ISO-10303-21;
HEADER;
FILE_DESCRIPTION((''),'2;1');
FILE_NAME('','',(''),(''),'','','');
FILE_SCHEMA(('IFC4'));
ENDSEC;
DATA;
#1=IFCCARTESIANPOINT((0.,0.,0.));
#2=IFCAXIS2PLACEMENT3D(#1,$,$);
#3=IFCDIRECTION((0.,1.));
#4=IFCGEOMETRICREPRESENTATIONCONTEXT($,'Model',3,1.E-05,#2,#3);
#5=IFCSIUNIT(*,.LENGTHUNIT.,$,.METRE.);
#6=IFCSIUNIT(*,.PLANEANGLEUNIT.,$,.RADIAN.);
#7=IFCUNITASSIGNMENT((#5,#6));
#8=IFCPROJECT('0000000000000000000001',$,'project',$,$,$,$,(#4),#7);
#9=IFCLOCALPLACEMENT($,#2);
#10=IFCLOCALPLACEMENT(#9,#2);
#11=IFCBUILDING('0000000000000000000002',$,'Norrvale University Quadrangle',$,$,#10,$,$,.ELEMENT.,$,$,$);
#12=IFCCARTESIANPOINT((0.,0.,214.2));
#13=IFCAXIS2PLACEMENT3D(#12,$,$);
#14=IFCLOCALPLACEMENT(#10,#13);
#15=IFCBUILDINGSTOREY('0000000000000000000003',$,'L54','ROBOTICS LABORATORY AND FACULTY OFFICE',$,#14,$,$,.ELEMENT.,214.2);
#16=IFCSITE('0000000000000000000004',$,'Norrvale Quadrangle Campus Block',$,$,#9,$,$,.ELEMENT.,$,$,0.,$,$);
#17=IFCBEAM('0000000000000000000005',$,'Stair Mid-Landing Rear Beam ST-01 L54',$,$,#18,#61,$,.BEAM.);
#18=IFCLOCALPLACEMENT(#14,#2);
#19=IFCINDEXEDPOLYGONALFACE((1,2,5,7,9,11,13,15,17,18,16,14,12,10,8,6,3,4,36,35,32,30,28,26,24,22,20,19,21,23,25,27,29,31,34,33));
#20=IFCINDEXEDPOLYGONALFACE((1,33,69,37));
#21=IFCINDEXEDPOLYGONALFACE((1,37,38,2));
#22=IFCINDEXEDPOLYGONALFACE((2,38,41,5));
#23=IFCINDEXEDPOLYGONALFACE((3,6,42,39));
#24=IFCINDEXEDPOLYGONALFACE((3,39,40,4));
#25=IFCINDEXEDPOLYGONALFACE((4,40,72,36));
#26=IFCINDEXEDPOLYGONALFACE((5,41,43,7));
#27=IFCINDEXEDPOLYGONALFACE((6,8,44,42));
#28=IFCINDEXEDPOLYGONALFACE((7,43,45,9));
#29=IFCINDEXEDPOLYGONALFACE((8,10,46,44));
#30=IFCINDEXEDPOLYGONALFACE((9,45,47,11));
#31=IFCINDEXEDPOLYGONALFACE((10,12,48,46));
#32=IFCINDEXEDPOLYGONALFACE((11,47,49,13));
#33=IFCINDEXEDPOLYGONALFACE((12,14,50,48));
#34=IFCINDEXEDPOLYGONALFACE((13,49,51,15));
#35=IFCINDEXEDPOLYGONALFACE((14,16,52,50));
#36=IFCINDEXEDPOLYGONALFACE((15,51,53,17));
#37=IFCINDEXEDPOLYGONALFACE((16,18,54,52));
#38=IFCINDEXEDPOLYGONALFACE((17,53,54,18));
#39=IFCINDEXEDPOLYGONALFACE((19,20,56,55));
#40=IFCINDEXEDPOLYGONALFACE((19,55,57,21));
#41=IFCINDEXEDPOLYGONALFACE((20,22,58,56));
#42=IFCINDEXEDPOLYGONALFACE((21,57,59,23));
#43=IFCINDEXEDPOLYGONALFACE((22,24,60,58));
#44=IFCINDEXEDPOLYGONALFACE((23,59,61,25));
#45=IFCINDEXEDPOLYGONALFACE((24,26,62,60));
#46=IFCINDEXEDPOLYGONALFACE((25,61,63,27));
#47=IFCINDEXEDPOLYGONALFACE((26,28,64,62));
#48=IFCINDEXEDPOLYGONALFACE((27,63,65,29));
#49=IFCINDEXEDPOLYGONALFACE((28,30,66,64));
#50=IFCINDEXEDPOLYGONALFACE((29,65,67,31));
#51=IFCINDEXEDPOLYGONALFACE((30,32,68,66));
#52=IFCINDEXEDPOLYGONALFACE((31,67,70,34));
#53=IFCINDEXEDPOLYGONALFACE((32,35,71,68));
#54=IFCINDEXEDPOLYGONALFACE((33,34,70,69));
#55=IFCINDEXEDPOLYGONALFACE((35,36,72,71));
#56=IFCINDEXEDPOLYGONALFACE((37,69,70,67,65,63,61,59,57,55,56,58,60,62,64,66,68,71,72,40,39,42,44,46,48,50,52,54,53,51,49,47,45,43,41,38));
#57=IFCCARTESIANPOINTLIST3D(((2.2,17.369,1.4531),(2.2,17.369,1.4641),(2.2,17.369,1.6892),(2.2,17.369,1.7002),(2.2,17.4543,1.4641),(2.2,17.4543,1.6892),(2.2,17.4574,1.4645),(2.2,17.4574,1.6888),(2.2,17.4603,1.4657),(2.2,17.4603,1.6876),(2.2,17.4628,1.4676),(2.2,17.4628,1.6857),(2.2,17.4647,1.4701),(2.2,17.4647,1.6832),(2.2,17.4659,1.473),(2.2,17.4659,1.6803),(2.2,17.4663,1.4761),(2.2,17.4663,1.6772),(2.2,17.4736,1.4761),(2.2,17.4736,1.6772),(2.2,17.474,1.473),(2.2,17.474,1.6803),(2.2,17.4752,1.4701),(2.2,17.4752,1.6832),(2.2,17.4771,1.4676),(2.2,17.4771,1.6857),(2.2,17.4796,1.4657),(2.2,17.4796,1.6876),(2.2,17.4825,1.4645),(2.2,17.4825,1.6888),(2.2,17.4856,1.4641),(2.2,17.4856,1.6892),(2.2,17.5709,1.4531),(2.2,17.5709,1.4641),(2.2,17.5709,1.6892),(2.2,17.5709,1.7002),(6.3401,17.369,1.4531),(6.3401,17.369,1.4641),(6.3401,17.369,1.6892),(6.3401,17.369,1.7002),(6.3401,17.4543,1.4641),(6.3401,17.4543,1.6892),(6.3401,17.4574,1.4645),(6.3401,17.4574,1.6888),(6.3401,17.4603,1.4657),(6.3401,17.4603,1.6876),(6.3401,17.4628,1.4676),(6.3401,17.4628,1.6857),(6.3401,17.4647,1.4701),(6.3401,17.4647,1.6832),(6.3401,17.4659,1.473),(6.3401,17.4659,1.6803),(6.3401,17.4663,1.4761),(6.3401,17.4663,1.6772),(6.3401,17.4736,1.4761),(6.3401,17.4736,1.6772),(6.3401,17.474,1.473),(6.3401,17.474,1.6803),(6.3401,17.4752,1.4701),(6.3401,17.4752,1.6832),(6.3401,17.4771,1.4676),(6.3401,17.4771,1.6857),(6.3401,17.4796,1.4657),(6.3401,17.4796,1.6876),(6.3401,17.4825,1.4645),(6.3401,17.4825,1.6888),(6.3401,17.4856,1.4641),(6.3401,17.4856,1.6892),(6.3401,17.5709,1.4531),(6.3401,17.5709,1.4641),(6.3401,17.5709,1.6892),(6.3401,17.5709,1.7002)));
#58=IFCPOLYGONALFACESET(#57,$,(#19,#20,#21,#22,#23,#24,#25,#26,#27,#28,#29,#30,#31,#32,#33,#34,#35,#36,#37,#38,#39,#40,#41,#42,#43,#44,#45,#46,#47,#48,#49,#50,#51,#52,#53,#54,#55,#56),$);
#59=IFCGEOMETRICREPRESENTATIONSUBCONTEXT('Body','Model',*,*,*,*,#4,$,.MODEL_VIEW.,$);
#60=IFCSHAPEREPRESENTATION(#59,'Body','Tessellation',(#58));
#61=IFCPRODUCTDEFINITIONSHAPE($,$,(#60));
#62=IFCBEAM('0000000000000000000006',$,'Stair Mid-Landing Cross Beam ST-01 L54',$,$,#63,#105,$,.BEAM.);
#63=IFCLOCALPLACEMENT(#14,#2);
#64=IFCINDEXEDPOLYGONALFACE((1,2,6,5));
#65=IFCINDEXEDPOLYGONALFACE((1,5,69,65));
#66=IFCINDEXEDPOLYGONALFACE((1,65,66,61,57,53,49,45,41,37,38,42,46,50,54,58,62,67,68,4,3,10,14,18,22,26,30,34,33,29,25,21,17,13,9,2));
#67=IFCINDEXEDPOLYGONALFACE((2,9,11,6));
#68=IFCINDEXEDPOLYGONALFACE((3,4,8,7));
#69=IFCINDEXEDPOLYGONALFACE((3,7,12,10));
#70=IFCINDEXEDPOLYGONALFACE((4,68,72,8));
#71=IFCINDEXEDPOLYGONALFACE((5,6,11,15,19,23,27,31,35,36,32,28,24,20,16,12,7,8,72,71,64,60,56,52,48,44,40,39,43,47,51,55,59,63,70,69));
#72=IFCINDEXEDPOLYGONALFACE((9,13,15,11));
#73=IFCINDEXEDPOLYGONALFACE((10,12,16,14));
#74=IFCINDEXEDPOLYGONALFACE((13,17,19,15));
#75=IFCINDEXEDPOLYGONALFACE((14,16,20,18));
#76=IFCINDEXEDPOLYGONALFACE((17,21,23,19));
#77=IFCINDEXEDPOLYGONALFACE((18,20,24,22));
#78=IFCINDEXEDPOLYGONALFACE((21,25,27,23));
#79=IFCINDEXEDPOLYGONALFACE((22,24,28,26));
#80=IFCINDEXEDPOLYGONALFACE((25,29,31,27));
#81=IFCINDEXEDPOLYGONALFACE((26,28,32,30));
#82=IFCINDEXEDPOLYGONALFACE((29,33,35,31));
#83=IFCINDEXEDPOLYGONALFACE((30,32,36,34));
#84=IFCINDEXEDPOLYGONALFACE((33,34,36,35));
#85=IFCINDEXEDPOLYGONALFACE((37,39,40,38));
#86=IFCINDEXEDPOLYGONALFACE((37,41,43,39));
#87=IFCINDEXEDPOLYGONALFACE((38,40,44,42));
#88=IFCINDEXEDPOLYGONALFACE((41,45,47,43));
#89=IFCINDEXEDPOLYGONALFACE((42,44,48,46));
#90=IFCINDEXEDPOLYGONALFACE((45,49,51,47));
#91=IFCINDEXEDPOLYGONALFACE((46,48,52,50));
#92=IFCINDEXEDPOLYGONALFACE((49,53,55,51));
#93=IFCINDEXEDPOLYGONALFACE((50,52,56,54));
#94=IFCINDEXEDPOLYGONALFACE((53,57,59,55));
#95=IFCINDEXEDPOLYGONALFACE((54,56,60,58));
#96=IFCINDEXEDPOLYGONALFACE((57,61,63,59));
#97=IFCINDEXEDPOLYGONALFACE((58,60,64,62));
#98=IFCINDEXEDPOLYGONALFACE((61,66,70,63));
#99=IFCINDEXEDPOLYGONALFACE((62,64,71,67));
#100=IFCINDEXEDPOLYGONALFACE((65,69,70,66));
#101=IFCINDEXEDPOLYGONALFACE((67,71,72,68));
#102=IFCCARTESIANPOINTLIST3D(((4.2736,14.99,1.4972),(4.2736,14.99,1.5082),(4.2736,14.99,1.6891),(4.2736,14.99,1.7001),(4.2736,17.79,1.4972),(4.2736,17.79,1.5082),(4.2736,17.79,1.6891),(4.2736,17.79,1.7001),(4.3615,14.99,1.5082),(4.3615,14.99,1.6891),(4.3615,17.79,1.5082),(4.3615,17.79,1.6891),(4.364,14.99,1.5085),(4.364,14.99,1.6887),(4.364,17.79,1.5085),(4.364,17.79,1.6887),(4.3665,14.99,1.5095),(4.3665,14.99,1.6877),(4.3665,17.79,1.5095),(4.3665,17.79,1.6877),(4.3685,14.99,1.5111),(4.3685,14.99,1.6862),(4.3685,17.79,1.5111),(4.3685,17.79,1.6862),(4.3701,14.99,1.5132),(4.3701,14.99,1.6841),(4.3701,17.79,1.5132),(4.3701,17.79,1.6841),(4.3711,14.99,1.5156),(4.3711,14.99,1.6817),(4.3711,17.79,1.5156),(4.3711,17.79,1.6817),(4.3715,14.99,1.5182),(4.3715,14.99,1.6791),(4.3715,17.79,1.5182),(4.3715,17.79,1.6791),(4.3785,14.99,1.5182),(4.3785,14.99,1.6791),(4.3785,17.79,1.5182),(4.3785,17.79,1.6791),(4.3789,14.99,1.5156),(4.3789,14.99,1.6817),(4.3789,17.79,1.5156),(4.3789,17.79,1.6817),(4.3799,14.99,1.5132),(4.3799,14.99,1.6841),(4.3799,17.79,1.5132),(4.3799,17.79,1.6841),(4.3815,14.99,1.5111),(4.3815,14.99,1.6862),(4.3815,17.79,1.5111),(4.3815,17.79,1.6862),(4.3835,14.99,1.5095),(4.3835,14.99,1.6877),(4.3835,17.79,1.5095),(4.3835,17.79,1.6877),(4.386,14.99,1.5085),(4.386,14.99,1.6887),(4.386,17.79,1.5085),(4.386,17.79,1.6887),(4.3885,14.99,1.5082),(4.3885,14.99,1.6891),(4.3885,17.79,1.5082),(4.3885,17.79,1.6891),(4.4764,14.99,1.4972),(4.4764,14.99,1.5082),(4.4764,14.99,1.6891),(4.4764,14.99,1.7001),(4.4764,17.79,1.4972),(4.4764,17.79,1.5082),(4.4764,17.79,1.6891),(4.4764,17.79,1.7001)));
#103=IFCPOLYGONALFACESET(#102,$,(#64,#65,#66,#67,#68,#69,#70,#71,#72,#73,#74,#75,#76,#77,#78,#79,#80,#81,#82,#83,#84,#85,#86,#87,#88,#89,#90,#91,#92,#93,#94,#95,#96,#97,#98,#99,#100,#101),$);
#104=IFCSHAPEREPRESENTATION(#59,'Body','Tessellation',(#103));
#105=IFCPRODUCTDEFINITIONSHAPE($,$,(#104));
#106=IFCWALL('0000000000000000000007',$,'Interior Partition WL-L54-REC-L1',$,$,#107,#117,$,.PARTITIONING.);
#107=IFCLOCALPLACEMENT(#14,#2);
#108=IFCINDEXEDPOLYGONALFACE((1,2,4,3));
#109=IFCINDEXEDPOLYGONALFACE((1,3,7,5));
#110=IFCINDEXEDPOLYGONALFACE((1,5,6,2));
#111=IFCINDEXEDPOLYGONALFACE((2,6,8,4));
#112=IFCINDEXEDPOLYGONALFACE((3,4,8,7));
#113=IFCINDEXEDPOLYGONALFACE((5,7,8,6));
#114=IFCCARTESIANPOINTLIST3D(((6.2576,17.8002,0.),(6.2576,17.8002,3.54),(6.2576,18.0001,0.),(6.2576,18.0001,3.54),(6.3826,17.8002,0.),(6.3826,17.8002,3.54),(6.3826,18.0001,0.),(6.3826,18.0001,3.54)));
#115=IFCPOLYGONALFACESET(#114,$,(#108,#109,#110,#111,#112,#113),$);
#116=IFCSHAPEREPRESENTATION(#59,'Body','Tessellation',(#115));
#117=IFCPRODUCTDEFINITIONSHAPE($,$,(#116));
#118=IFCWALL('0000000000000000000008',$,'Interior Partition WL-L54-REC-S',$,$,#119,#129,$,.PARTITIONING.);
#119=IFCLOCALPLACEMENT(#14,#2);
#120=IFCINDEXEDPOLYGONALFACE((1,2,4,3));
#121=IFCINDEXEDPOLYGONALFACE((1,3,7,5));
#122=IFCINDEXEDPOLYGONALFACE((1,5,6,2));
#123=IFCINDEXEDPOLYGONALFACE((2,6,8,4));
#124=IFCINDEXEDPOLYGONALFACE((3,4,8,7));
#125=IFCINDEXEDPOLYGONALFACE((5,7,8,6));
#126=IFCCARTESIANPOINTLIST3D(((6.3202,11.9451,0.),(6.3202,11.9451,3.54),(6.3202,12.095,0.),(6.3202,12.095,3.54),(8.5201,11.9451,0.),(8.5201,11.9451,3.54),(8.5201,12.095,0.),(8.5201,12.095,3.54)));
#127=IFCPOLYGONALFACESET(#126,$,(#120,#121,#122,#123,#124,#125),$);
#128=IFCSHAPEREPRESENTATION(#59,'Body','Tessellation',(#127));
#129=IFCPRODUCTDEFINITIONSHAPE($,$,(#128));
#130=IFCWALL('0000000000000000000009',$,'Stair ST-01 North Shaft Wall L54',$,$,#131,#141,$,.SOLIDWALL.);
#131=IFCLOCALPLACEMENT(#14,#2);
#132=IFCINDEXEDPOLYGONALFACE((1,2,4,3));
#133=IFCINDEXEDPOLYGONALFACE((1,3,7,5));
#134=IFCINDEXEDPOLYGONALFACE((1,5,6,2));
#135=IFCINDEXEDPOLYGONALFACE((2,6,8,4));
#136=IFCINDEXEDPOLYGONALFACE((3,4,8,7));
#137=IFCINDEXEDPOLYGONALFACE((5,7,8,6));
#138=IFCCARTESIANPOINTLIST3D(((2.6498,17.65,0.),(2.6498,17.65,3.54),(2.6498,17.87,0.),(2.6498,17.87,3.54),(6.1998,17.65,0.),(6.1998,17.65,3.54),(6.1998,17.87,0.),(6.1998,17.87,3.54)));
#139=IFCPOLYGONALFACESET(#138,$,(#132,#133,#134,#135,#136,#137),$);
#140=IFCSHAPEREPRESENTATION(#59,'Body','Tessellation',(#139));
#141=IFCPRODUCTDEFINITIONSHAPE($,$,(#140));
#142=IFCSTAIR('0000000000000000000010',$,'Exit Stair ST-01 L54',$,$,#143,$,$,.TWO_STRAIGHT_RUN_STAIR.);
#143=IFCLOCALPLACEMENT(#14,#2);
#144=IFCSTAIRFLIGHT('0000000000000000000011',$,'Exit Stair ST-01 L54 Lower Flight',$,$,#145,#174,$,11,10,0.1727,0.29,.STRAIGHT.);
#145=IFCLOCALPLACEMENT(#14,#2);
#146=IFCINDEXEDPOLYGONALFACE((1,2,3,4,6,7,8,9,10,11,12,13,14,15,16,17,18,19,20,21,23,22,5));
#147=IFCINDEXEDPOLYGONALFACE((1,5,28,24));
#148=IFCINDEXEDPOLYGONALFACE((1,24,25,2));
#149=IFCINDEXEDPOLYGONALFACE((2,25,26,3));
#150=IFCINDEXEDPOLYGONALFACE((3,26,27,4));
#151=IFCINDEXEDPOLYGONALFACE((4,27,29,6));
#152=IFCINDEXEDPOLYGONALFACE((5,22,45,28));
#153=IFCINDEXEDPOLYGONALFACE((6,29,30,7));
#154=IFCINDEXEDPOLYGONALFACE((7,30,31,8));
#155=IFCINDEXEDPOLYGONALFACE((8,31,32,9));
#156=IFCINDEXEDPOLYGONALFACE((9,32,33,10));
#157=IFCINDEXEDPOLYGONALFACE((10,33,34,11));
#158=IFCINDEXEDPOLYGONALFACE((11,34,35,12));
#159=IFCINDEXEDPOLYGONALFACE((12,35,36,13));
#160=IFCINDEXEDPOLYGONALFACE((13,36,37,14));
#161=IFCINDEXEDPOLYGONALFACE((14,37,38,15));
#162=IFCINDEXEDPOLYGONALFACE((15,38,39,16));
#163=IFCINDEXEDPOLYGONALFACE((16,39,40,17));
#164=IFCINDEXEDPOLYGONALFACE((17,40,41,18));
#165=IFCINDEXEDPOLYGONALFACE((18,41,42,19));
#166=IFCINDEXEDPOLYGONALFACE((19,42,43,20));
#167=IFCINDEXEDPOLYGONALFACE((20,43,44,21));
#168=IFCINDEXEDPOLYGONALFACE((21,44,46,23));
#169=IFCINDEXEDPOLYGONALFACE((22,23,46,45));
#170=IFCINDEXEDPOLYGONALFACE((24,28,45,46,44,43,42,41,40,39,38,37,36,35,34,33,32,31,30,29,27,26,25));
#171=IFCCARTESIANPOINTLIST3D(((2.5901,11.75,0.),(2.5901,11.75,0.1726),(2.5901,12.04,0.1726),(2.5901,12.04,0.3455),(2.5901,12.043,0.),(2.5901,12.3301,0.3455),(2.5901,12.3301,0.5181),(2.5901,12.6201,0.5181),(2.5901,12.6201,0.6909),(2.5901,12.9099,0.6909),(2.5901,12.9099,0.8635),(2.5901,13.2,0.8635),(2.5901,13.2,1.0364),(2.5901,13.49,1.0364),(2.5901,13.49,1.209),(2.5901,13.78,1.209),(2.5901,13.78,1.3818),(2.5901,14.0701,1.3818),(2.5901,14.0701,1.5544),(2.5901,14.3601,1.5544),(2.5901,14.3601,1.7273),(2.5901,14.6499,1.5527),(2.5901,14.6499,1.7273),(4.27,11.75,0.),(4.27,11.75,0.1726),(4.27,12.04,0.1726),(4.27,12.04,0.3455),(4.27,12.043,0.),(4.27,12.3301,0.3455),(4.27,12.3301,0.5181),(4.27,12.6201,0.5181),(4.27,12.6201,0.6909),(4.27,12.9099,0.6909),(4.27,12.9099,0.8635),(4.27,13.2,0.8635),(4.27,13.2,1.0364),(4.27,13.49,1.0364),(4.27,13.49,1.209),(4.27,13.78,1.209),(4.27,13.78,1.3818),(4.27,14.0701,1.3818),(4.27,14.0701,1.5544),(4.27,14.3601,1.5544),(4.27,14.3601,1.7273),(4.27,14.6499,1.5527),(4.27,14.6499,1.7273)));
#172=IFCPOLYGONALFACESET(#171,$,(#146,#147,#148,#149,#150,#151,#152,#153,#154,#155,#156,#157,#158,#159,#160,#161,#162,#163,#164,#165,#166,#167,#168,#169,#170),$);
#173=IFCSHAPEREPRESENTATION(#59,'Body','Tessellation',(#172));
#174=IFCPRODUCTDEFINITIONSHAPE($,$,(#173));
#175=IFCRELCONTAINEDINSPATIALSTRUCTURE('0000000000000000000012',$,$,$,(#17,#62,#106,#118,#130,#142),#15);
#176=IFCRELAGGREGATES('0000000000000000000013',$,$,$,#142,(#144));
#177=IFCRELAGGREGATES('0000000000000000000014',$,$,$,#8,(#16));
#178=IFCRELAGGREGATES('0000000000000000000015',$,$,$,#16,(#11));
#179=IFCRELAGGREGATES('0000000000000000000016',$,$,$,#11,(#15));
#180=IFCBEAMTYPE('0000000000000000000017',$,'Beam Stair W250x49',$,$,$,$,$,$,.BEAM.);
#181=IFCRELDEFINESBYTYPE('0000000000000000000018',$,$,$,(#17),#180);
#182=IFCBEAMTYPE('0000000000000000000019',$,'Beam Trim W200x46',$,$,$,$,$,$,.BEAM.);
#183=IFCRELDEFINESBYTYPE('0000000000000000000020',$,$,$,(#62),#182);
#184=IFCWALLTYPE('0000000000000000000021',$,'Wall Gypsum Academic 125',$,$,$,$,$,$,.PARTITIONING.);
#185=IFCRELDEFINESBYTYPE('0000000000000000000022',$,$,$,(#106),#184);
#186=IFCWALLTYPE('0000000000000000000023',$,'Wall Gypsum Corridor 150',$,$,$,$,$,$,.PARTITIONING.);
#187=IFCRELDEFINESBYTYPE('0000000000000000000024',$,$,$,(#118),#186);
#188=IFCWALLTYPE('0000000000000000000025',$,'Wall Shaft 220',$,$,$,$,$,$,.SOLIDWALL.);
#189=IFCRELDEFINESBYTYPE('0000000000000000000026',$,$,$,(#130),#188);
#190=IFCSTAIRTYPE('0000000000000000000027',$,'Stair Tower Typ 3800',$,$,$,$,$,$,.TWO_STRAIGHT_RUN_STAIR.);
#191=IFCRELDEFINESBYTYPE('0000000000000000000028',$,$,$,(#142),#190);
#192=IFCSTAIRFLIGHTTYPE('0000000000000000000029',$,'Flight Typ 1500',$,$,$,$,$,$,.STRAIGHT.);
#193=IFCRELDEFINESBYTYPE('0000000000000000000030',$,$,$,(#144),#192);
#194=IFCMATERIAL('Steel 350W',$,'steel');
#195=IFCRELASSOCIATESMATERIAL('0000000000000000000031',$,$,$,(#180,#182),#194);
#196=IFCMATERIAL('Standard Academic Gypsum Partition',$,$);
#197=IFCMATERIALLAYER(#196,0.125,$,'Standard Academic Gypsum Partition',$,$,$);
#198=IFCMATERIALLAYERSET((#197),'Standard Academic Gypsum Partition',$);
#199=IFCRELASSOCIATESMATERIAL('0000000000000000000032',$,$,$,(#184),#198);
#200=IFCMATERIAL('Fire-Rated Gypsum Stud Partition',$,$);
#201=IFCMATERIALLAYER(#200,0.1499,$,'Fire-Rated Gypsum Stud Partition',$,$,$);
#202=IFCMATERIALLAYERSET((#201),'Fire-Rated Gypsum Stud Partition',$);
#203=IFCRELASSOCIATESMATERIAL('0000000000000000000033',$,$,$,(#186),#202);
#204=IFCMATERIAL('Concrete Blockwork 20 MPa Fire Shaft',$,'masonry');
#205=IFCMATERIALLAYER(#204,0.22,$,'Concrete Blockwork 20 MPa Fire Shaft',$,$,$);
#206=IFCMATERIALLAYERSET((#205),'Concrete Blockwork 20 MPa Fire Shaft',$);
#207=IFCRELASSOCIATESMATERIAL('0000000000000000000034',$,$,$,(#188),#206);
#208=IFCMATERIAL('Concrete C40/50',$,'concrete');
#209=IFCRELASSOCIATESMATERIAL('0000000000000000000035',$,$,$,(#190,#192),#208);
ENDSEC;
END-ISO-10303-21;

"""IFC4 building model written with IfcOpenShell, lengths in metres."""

from ifc_helpers import new_model, si_unit, direction, frame, frame_2d, origin, origin_2d, place, context, subcontext, project, spatial, polyline, rectangle, i_section, outline, extrude, material, layer, layer_set, material_profile, profile_set, type_object, element, aggregate, save


model = new_model("IFC4")

# Units and contexts
model_context = context("Model", 3, precision=1e-05, world=origin(), true_north=direction((0.0, 1.0)))
body_context = subcontext(model_context, "Body", "Model", "MODEL_VIEW")
ifc_project = project(units=[si_unit("LENGTHUNIT", "METRE"), si_unit("PLANEANGLEUNIT", "RADIAN")], contexts=[model_context])

# Site, building, storey
site_placement = place(None, origin())
site = spatial("IfcSite", under=ifc_project, at=site_placement, Name="Norrvale Quadrangle Campus Block", CompositionType="ELEMENT", RefElevation=0.0)
building_placement = place(site_placement, origin())
building = spatial("IfcBuilding", under=site, at=building_placement, Name="Norrvale University Quadrangle", CompositionType="ELEMENT")
storey_placement = place(building_placement, frame((0.0, 0.0, 214.2)))
storey = spatial("IfcBuildingStorey", under=building, at=storey_placement, Name="L54", Description="ROBOTICS LABORATORY AND FACULTY OFFICE", CompositionType="ELEMENT", Elevation=214.2)

# Beams
ifc_material_1 = material(Name="Steel 350W", Category="steel")
ifc_material_profile_1 = material_profile(ifc_material_1, i_section(OverallWidth=0.2019, OverallDepth=0.2471, WebThickness=0.0073, FlangeThickness=0.011, FilletRadius=0.012, at=origin_2d()), Name="Steel 350W")
ifc_profile_set_1 = profile_set([ifc_material_profile_1], Name="Steel 350W")
beam_type_1 = type_object("IfcBeamType", Name="Beam Stair W250x49", PredefinedType="BEAM", material=ifc_profile_set_1)
for number, where, z_axis, x_axis, name in (
    (1, (2.2, 17.47, 1.5767), (1.0, 0.0, 0.0), (0.0, 1.0, 0.0), "Stair Mid-Landing Rear Beam ST-01 L54"),
):
    element("IfcBeam", number, at=place(storey_placement, frame(where, z_axis=z_axis, x_axis=x_axis)), inside=storey, type_object=beam_type_1, Name=name, PredefinedType="BEAM", context=body_context, shape_type="SweptSolid", body=[
        extrude(i_section(OverallWidth=0.2019, OverallDepth=0.2471, WebThickness=0.0073, FlangeThickness=0.011, FilletRadius=0.012, at=origin_2d()), origin(), (0.0, 0.0, 1.0), 4.1401),
    ])
ifc_material_profile_2 = material_profile(ifc_material_1, i_section(OverallWidth=0.2029, OverallDepth=0.2029, WebThickness=0.0071, FlangeThickness=0.011, FilletRadius=0.01, at=origin_2d()), Name="Steel 350W")
ifc_profile_set_2 = profile_set([ifc_material_profile_2], Name="Steel 350W")
beam_type_2 = type_object("IfcBeamType", Name="Beam Trim W200x46", PredefinedType="BEAM", material=ifc_profile_set_2)
beam_1_placement = place(storey_placement, frame((4.375, 14.99, 1.5986), z_axis=(0.0, 1.0, 0.0), x_axis=(-1.0, 0.0, 0.0)))
element("IfcBeam", 2, at=beam_1_placement, inside=storey, type_object=beam_type_2, Name="Stair Mid-Landing Cross Beam ST-01 L54", PredefinedType="BEAM", context=body_context, shape_type="SweptSolid", body=[
    extrude(i_section(OverallWidth=0.2029, OverallDepth=0.2029, WebThickness=0.0071, FlangeThickness=0.011, FilletRadius=0.01, at=origin_2d()), origin(), (0.0, 0.0, 1.0), 2.8),
])

# Walls
ifc_material_2 = material(Name="Standard Academic Gypsum Partition")
ifc_layer_1 = layer(ifc_material_2, 0.125, Name="Standard Academic Gypsum Partition")
ifc_layer_set_1 = layer_set([ifc_layer_1], Name="Standard Academic Gypsum Partition")
wall_type_1 = type_object("IfcWallType", Name="Wall Gypsum Academic 125", PredefinedType="PARTITIONING", material=ifc_layer_set_1)
wall_1_placement = place(storey_placement, frame((6.3201, 17.8, 0.0), z_axis=(0.0, 0.0, 1.0), x_axis=(0.0, 1.0, 0.0)))
element("IfcWall", 3, at=wall_1_placement, inside=storey, type_object=wall_type_1, Name="Interior Partition WL-L54-REC-L1", PredefinedType="PARTITIONING", context=body_context, shape_type="SweptSolid", body=[
    extrude(rectangle(XDim=0.2, YDim=0.125, at=frame_2d((0.1001, 0.0))), origin(), (0.0, 0.0, 1.0), 3.54),
])
ifc_material_3 = material(Name="Fire-Rated Gypsum Stud Partition")
ifc_layer_2 = layer(ifc_material_3, 0.1499, Name="Fire-Rated Gypsum Stud Partition")
ifc_layer_set_2 = layer_set([ifc_layer_2], Name="Fire-Rated Gypsum Stud Partition")
wall_type_2 = type_object("IfcWallType", Name="Wall Gypsum Corridor 150", PredefinedType="PARTITIONING", material=ifc_layer_set_2)
wall_2_placement = place(storey_placement, frame((6.3201, 12.02, 0.0), z_axis=(0.0, 0.0, 1.0), x_axis=(1.0, 0.0, 0.0)))
element("IfcWall", 4, at=wall_2_placement, inside=storey, type_object=wall_type_2, Name="Interior Partition WL-L54-REC-S", PredefinedType="PARTITIONING", context=body_context, shape_type="SweptSolid", body=[
    extrude(rectangle(XDim=2.2, YDim=0.1499, at=frame_2d((1.1001, 0.0))), origin(), (0.0, 0.0, 1.0), 3.54),
])
ifc_material_4 = material(Name="Concrete Blockwork 20 MPa Fire Shaft", Category="masonry")
ifc_layer_3 = layer(ifc_material_4, 0.22, Name="Concrete Blockwork 20 MPa Fire Shaft")
ifc_layer_set_3 = layer_set([ifc_layer_3], Name="Concrete Blockwork 20 MPa Fire Shaft")
wall_type_3 = type_object("IfcWallType", Name="Wall Shaft 220", PredefinedType="SOLIDWALL", material=ifc_layer_set_3)
wall_3_placement = place(storey_placement, frame((2.6499, 17.76, 0.0), z_axis=(0.0, 0.0, 1.0), x_axis=(1.0, 0.0, 0.0)))
element("IfcWall", 5, at=wall_3_placement, inside=storey, type_object=wall_type_3, Name="Stair ST-01 North Shaft Wall L54", PredefinedType="SOLIDWALL", context=body_context, shape_type="SweptSolid", body=[
    extrude(rectangle(XDim=3.55, YDim=0.22, at=frame_2d((1.7749, 0.0))), origin(), (0.0, 0.0, 1.0), 3.54),
])

# Stair, stair flight
ifc_material_5 = material(Name="Concrete C40/50", Category="concrete")
stair_type = type_object("IfcStairType", Name="Stair Tower Typ 3800", PredefinedType="TWO_STRAIGHT_RUN_STAIR", material=ifc_material_5)
stair_placement = place(storey_placement, origin())
stair = element("IfcStair", 6, at=stair_placement, inside=storey, type_object=stair_type, Name="Exit Stair ST-01 L54", PredefinedType="TWO_STRAIGHT_RUN_STAIR")
stair_flight_type = type_object("IfcStairFlightType", Name="Flight Typ 1500", PredefinedType="STRAIGHT", material=ifc_material_5)
stair_flight_1_placement = place(storey_placement, frame((3.4299, 11.75, 0.0), z_axis=(0.0, 0.0, 1.0), x_axis=(0.0, 1.0, 0.0)))
stair_flight_1 = element("IfcStairFlight", 7, at=stair_flight_1_placement, type_object=stair_flight_type, Name="Exit Stair ST-01 L54 Lower Flight", NumberOfRisers=11, NumberOfTreads=10, PredefinedType="STRAIGHT", RiserHeight=0.1727, TreadLength=0.29, context=body_context, shape_type="SweptSolid", body=[
    extrude(outline(polyline([(0.0, 0.0), (0.0, 0.1726), (0.29, 0.1726), (0.29, 0.3455), (0.5801, 0.3455), (0.5801, 0.5181), (0.8701, 0.5181), (0.8701, 0.6909), (1.1599, 0.6909), (1.1599, 0.8635), (1.45, 0.8635), (1.45, 1.0364), (1.74, 1.0364), (1.74, 1.209), (2.03, 1.209), (2.03, 1.3818), (2.3201, 1.3818), (2.3201, 1.5544), (2.6101, 1.5544), (2.6101, 1.7273), (2.8999, 1.7273), (2.8999, 1.8999), (2.8999, 1.5527), (0.293, 0.0), (0.0, 0.0)])), frame((0.0, 0.8398, 0.0), z_axis=(0.0, -1.0, 0.0), x_axis=(1.0, 0.0, 0.0)), (0.0, 0.0, 1.0), 1.6799),
])
aggregate(stair, [stair_flight_1])

save(model, "model.ifc")
